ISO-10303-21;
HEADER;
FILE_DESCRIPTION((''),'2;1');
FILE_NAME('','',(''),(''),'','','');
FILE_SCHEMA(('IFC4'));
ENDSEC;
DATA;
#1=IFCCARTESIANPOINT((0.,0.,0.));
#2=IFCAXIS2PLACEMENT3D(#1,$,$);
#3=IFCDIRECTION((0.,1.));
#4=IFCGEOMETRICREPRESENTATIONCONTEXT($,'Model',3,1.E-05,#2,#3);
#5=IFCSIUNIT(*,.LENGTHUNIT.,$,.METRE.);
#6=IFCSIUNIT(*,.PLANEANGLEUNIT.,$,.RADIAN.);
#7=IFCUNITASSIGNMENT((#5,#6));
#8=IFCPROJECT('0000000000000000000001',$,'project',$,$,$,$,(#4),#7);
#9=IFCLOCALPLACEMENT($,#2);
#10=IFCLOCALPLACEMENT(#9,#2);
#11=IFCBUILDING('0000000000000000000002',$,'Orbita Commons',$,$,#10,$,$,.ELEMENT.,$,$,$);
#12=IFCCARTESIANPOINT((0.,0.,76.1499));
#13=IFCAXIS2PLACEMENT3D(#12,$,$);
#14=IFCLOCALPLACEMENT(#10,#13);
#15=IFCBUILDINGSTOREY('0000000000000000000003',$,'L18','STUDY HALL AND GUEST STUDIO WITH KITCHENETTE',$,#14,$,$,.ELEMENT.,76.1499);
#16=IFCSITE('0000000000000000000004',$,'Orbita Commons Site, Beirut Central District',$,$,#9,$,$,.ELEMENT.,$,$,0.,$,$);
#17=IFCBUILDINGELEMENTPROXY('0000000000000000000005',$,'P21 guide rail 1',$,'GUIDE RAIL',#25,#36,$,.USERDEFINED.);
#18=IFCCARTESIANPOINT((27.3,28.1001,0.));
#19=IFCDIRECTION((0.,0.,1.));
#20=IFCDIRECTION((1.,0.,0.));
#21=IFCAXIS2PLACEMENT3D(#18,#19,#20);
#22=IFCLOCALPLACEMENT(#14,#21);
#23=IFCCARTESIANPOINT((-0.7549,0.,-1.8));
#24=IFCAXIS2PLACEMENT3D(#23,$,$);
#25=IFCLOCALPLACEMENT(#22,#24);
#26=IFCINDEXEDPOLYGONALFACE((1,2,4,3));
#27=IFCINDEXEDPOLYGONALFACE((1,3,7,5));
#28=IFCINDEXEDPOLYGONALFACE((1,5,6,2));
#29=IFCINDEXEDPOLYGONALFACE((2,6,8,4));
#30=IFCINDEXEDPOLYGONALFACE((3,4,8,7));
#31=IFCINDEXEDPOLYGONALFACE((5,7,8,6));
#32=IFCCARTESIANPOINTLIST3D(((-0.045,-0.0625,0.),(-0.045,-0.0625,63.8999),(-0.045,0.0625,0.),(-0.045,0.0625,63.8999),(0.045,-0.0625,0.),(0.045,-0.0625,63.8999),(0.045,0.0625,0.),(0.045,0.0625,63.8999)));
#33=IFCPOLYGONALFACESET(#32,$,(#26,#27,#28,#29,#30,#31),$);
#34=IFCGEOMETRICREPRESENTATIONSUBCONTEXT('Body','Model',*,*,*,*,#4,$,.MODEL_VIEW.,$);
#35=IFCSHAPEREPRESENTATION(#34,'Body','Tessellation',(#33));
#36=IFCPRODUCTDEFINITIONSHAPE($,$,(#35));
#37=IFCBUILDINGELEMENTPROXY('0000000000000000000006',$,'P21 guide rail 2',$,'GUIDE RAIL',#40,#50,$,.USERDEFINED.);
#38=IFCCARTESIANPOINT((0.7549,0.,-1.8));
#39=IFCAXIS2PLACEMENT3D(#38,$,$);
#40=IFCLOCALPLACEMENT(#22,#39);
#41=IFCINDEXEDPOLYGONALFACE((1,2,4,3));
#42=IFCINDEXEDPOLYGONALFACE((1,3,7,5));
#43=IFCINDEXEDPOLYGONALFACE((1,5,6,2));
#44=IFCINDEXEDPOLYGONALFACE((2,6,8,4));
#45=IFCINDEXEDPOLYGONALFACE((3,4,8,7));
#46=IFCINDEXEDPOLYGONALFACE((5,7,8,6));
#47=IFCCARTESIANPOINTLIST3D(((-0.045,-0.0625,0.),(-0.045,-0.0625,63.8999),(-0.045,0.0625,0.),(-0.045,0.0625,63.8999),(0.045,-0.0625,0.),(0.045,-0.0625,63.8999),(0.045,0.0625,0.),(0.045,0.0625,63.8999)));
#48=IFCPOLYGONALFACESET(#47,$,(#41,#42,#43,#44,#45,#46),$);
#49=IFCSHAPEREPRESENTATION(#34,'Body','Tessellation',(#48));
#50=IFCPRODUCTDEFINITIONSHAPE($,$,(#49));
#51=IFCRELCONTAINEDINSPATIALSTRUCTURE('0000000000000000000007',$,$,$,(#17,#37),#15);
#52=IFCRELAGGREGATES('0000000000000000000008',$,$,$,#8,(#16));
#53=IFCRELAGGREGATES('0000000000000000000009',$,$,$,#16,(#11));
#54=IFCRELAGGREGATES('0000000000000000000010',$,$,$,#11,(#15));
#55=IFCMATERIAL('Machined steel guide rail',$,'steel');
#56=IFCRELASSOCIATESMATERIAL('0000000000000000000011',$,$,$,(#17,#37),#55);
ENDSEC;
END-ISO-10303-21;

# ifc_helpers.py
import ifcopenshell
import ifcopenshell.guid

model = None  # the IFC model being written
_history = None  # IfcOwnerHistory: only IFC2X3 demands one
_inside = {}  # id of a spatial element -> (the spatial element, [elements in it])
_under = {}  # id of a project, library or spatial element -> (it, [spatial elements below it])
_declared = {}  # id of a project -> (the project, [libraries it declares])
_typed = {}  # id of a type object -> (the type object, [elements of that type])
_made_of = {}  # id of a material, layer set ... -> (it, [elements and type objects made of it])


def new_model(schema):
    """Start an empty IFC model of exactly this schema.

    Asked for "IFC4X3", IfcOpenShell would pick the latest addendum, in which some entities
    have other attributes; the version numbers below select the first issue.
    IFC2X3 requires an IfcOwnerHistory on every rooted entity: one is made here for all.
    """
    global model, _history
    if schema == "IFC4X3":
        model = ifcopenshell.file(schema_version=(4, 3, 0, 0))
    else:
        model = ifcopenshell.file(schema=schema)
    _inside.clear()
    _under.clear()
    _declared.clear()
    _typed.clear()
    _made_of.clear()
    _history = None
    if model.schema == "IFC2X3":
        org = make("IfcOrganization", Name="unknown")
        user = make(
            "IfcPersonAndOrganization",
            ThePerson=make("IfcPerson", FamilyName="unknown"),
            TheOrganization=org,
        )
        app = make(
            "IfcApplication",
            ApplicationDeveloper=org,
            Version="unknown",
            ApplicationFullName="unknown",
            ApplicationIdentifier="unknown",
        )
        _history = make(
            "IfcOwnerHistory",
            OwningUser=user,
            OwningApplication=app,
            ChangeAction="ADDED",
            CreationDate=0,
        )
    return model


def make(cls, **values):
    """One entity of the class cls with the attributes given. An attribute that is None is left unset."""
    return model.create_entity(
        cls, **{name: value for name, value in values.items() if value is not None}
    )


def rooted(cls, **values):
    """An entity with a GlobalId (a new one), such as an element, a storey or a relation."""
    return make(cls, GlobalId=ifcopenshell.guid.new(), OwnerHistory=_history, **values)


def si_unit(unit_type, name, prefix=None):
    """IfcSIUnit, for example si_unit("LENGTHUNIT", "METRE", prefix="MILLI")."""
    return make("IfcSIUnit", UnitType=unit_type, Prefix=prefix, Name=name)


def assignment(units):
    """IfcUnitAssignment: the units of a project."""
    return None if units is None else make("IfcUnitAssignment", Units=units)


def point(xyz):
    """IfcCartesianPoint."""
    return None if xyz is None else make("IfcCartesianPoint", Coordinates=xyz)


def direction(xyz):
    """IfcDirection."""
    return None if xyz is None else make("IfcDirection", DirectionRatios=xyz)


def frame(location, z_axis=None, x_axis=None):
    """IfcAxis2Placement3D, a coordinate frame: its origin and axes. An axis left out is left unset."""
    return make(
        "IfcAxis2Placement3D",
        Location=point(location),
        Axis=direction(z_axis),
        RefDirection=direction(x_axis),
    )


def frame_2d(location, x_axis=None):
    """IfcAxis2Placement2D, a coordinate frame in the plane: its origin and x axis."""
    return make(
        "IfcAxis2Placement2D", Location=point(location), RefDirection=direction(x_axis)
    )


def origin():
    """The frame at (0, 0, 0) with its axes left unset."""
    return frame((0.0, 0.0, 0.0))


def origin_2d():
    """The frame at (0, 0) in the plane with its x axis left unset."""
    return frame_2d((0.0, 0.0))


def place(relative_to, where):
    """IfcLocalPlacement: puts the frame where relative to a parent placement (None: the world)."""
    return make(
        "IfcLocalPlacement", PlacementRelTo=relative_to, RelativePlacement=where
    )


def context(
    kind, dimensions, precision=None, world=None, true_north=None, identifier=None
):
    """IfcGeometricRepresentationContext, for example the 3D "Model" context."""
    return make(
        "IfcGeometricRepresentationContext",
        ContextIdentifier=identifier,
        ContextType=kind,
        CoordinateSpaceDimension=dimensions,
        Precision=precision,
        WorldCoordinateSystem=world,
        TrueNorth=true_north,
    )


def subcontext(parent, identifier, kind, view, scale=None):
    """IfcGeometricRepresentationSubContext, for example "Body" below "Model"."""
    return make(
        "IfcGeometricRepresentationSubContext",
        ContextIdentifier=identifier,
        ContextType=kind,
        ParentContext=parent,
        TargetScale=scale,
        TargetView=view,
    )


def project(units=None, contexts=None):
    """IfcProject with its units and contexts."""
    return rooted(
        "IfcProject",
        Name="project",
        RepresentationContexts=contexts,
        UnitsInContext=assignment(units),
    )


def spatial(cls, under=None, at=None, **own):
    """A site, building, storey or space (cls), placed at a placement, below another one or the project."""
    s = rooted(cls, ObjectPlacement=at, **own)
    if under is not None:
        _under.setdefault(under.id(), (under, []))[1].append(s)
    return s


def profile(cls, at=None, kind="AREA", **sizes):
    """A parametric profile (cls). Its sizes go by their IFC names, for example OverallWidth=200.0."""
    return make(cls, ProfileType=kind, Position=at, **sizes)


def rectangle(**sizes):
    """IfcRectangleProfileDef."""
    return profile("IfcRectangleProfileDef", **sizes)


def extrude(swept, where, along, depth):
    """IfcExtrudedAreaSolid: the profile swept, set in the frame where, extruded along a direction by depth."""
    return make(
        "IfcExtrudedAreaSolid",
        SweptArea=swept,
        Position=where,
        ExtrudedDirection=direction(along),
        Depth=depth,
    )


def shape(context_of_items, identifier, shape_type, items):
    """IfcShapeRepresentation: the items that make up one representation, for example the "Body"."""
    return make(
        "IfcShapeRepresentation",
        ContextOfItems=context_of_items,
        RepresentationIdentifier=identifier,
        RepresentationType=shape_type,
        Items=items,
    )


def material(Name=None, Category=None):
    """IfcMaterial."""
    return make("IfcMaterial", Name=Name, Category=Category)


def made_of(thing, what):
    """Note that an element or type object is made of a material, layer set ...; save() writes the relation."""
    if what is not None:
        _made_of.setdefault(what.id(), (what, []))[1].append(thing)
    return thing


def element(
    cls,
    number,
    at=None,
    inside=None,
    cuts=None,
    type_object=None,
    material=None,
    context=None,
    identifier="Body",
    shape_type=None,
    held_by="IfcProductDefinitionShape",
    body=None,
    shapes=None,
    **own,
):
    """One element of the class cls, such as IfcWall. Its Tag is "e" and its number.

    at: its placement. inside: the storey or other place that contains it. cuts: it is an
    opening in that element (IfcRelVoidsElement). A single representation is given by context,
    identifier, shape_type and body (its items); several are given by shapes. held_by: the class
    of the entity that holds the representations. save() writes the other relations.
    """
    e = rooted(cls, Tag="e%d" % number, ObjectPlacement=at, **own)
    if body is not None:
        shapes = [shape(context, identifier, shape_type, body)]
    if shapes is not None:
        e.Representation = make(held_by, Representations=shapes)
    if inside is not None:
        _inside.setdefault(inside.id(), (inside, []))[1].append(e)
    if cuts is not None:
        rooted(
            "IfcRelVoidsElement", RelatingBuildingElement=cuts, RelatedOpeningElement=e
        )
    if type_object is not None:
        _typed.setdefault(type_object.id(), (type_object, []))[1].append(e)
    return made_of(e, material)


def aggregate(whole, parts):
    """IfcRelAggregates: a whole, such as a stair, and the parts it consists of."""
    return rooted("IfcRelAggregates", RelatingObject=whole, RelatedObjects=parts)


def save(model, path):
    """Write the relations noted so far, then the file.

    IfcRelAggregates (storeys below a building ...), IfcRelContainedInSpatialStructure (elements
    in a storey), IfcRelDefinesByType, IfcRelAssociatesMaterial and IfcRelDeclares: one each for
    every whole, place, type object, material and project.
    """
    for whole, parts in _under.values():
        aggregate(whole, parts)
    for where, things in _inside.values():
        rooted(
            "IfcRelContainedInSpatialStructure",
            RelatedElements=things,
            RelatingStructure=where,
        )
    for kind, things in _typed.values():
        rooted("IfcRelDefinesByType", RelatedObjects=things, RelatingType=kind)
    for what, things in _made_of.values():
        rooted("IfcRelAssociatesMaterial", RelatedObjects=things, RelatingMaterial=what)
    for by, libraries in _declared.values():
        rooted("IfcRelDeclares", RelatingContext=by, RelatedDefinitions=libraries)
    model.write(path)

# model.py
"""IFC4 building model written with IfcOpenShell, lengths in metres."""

from ifc_helpers import new_model, si_unit, direction, frame, origin, origin_2d, place, context, subcontext, project, spatial, rectangle, extrude, material, element, save


model = new_model("IFC4")

# Units and contexts
model_context = context("Model", 3, precision=1e-05, world=origin(), true_north=direction((0.0, 1.0)))
body_context = subcontext(model_context, "Body", "Model", "MODEL_VIEW")
ifc_project = project(units=[si_unit("LENGTHUNIT", "METRE"), si_unit("PLANEANGLEUNIT", "RADIAN")], contexts=[model_context])

# Site, building, storey
site_placement = place(None, origin())
site = spatial("IfcSite", under=ifc_project, at=site_placement, Name="Orbita Commons Site, Beirut Central District", CompositionType="ELEMENT", RefElevation=0.0)
building_placement = place(site_placement, origin())
building = spatial("IfcBuilding", under=site, at=building_placement, Name="Orbita Commons", CompositionType="ELEMENT")
storey_placement = place(building_placement, frame((0.0, 0.0, 76.1499)))
storey = spatial("IfcBuildingStorey", under=building, at=storey_placement, Name="L18", Description="STUDY HALL AND GUEST STUDIO WITH KITCHENETTE", CompositionType="ELEMENT", Elevation=76.1499)

# Shared definitions
transport_element_1_placement = place(storey_placement, frame((27.3, 28.1001, 0.0), z_axis=(0.0, 0.0, 1.0), x_axis=(1.0, 0.0, 0.0)))

# Building element proxies
ifc_material_1 = material(Name="Machined steel guide rail", Category="steel")
for number, where, name in (
    (1, (-0.7549, 0.0, -1.8), "P21 guide rail 1"),
    (2, (0.7549, 0.0, -1.8), "P21 guide rail 2"),
):
    element("IfcBuildingElementProxy", number, at=place(transport_element_1_placement, frame(where)), inside=storey, material=ifc_material_1, Name=name, ObjectType="GUIDE RAIL", PredefinedType="USERDEFINED", context=body_context, shape_type="SweptSolid", body=[
        extrude(rectangle(XDim=0.09, YDim=0.125, at=origin_2d()), origin(), (0.0, 0.0, 1.0), 63.8999),
    ])

save(model, "model.ifc")
